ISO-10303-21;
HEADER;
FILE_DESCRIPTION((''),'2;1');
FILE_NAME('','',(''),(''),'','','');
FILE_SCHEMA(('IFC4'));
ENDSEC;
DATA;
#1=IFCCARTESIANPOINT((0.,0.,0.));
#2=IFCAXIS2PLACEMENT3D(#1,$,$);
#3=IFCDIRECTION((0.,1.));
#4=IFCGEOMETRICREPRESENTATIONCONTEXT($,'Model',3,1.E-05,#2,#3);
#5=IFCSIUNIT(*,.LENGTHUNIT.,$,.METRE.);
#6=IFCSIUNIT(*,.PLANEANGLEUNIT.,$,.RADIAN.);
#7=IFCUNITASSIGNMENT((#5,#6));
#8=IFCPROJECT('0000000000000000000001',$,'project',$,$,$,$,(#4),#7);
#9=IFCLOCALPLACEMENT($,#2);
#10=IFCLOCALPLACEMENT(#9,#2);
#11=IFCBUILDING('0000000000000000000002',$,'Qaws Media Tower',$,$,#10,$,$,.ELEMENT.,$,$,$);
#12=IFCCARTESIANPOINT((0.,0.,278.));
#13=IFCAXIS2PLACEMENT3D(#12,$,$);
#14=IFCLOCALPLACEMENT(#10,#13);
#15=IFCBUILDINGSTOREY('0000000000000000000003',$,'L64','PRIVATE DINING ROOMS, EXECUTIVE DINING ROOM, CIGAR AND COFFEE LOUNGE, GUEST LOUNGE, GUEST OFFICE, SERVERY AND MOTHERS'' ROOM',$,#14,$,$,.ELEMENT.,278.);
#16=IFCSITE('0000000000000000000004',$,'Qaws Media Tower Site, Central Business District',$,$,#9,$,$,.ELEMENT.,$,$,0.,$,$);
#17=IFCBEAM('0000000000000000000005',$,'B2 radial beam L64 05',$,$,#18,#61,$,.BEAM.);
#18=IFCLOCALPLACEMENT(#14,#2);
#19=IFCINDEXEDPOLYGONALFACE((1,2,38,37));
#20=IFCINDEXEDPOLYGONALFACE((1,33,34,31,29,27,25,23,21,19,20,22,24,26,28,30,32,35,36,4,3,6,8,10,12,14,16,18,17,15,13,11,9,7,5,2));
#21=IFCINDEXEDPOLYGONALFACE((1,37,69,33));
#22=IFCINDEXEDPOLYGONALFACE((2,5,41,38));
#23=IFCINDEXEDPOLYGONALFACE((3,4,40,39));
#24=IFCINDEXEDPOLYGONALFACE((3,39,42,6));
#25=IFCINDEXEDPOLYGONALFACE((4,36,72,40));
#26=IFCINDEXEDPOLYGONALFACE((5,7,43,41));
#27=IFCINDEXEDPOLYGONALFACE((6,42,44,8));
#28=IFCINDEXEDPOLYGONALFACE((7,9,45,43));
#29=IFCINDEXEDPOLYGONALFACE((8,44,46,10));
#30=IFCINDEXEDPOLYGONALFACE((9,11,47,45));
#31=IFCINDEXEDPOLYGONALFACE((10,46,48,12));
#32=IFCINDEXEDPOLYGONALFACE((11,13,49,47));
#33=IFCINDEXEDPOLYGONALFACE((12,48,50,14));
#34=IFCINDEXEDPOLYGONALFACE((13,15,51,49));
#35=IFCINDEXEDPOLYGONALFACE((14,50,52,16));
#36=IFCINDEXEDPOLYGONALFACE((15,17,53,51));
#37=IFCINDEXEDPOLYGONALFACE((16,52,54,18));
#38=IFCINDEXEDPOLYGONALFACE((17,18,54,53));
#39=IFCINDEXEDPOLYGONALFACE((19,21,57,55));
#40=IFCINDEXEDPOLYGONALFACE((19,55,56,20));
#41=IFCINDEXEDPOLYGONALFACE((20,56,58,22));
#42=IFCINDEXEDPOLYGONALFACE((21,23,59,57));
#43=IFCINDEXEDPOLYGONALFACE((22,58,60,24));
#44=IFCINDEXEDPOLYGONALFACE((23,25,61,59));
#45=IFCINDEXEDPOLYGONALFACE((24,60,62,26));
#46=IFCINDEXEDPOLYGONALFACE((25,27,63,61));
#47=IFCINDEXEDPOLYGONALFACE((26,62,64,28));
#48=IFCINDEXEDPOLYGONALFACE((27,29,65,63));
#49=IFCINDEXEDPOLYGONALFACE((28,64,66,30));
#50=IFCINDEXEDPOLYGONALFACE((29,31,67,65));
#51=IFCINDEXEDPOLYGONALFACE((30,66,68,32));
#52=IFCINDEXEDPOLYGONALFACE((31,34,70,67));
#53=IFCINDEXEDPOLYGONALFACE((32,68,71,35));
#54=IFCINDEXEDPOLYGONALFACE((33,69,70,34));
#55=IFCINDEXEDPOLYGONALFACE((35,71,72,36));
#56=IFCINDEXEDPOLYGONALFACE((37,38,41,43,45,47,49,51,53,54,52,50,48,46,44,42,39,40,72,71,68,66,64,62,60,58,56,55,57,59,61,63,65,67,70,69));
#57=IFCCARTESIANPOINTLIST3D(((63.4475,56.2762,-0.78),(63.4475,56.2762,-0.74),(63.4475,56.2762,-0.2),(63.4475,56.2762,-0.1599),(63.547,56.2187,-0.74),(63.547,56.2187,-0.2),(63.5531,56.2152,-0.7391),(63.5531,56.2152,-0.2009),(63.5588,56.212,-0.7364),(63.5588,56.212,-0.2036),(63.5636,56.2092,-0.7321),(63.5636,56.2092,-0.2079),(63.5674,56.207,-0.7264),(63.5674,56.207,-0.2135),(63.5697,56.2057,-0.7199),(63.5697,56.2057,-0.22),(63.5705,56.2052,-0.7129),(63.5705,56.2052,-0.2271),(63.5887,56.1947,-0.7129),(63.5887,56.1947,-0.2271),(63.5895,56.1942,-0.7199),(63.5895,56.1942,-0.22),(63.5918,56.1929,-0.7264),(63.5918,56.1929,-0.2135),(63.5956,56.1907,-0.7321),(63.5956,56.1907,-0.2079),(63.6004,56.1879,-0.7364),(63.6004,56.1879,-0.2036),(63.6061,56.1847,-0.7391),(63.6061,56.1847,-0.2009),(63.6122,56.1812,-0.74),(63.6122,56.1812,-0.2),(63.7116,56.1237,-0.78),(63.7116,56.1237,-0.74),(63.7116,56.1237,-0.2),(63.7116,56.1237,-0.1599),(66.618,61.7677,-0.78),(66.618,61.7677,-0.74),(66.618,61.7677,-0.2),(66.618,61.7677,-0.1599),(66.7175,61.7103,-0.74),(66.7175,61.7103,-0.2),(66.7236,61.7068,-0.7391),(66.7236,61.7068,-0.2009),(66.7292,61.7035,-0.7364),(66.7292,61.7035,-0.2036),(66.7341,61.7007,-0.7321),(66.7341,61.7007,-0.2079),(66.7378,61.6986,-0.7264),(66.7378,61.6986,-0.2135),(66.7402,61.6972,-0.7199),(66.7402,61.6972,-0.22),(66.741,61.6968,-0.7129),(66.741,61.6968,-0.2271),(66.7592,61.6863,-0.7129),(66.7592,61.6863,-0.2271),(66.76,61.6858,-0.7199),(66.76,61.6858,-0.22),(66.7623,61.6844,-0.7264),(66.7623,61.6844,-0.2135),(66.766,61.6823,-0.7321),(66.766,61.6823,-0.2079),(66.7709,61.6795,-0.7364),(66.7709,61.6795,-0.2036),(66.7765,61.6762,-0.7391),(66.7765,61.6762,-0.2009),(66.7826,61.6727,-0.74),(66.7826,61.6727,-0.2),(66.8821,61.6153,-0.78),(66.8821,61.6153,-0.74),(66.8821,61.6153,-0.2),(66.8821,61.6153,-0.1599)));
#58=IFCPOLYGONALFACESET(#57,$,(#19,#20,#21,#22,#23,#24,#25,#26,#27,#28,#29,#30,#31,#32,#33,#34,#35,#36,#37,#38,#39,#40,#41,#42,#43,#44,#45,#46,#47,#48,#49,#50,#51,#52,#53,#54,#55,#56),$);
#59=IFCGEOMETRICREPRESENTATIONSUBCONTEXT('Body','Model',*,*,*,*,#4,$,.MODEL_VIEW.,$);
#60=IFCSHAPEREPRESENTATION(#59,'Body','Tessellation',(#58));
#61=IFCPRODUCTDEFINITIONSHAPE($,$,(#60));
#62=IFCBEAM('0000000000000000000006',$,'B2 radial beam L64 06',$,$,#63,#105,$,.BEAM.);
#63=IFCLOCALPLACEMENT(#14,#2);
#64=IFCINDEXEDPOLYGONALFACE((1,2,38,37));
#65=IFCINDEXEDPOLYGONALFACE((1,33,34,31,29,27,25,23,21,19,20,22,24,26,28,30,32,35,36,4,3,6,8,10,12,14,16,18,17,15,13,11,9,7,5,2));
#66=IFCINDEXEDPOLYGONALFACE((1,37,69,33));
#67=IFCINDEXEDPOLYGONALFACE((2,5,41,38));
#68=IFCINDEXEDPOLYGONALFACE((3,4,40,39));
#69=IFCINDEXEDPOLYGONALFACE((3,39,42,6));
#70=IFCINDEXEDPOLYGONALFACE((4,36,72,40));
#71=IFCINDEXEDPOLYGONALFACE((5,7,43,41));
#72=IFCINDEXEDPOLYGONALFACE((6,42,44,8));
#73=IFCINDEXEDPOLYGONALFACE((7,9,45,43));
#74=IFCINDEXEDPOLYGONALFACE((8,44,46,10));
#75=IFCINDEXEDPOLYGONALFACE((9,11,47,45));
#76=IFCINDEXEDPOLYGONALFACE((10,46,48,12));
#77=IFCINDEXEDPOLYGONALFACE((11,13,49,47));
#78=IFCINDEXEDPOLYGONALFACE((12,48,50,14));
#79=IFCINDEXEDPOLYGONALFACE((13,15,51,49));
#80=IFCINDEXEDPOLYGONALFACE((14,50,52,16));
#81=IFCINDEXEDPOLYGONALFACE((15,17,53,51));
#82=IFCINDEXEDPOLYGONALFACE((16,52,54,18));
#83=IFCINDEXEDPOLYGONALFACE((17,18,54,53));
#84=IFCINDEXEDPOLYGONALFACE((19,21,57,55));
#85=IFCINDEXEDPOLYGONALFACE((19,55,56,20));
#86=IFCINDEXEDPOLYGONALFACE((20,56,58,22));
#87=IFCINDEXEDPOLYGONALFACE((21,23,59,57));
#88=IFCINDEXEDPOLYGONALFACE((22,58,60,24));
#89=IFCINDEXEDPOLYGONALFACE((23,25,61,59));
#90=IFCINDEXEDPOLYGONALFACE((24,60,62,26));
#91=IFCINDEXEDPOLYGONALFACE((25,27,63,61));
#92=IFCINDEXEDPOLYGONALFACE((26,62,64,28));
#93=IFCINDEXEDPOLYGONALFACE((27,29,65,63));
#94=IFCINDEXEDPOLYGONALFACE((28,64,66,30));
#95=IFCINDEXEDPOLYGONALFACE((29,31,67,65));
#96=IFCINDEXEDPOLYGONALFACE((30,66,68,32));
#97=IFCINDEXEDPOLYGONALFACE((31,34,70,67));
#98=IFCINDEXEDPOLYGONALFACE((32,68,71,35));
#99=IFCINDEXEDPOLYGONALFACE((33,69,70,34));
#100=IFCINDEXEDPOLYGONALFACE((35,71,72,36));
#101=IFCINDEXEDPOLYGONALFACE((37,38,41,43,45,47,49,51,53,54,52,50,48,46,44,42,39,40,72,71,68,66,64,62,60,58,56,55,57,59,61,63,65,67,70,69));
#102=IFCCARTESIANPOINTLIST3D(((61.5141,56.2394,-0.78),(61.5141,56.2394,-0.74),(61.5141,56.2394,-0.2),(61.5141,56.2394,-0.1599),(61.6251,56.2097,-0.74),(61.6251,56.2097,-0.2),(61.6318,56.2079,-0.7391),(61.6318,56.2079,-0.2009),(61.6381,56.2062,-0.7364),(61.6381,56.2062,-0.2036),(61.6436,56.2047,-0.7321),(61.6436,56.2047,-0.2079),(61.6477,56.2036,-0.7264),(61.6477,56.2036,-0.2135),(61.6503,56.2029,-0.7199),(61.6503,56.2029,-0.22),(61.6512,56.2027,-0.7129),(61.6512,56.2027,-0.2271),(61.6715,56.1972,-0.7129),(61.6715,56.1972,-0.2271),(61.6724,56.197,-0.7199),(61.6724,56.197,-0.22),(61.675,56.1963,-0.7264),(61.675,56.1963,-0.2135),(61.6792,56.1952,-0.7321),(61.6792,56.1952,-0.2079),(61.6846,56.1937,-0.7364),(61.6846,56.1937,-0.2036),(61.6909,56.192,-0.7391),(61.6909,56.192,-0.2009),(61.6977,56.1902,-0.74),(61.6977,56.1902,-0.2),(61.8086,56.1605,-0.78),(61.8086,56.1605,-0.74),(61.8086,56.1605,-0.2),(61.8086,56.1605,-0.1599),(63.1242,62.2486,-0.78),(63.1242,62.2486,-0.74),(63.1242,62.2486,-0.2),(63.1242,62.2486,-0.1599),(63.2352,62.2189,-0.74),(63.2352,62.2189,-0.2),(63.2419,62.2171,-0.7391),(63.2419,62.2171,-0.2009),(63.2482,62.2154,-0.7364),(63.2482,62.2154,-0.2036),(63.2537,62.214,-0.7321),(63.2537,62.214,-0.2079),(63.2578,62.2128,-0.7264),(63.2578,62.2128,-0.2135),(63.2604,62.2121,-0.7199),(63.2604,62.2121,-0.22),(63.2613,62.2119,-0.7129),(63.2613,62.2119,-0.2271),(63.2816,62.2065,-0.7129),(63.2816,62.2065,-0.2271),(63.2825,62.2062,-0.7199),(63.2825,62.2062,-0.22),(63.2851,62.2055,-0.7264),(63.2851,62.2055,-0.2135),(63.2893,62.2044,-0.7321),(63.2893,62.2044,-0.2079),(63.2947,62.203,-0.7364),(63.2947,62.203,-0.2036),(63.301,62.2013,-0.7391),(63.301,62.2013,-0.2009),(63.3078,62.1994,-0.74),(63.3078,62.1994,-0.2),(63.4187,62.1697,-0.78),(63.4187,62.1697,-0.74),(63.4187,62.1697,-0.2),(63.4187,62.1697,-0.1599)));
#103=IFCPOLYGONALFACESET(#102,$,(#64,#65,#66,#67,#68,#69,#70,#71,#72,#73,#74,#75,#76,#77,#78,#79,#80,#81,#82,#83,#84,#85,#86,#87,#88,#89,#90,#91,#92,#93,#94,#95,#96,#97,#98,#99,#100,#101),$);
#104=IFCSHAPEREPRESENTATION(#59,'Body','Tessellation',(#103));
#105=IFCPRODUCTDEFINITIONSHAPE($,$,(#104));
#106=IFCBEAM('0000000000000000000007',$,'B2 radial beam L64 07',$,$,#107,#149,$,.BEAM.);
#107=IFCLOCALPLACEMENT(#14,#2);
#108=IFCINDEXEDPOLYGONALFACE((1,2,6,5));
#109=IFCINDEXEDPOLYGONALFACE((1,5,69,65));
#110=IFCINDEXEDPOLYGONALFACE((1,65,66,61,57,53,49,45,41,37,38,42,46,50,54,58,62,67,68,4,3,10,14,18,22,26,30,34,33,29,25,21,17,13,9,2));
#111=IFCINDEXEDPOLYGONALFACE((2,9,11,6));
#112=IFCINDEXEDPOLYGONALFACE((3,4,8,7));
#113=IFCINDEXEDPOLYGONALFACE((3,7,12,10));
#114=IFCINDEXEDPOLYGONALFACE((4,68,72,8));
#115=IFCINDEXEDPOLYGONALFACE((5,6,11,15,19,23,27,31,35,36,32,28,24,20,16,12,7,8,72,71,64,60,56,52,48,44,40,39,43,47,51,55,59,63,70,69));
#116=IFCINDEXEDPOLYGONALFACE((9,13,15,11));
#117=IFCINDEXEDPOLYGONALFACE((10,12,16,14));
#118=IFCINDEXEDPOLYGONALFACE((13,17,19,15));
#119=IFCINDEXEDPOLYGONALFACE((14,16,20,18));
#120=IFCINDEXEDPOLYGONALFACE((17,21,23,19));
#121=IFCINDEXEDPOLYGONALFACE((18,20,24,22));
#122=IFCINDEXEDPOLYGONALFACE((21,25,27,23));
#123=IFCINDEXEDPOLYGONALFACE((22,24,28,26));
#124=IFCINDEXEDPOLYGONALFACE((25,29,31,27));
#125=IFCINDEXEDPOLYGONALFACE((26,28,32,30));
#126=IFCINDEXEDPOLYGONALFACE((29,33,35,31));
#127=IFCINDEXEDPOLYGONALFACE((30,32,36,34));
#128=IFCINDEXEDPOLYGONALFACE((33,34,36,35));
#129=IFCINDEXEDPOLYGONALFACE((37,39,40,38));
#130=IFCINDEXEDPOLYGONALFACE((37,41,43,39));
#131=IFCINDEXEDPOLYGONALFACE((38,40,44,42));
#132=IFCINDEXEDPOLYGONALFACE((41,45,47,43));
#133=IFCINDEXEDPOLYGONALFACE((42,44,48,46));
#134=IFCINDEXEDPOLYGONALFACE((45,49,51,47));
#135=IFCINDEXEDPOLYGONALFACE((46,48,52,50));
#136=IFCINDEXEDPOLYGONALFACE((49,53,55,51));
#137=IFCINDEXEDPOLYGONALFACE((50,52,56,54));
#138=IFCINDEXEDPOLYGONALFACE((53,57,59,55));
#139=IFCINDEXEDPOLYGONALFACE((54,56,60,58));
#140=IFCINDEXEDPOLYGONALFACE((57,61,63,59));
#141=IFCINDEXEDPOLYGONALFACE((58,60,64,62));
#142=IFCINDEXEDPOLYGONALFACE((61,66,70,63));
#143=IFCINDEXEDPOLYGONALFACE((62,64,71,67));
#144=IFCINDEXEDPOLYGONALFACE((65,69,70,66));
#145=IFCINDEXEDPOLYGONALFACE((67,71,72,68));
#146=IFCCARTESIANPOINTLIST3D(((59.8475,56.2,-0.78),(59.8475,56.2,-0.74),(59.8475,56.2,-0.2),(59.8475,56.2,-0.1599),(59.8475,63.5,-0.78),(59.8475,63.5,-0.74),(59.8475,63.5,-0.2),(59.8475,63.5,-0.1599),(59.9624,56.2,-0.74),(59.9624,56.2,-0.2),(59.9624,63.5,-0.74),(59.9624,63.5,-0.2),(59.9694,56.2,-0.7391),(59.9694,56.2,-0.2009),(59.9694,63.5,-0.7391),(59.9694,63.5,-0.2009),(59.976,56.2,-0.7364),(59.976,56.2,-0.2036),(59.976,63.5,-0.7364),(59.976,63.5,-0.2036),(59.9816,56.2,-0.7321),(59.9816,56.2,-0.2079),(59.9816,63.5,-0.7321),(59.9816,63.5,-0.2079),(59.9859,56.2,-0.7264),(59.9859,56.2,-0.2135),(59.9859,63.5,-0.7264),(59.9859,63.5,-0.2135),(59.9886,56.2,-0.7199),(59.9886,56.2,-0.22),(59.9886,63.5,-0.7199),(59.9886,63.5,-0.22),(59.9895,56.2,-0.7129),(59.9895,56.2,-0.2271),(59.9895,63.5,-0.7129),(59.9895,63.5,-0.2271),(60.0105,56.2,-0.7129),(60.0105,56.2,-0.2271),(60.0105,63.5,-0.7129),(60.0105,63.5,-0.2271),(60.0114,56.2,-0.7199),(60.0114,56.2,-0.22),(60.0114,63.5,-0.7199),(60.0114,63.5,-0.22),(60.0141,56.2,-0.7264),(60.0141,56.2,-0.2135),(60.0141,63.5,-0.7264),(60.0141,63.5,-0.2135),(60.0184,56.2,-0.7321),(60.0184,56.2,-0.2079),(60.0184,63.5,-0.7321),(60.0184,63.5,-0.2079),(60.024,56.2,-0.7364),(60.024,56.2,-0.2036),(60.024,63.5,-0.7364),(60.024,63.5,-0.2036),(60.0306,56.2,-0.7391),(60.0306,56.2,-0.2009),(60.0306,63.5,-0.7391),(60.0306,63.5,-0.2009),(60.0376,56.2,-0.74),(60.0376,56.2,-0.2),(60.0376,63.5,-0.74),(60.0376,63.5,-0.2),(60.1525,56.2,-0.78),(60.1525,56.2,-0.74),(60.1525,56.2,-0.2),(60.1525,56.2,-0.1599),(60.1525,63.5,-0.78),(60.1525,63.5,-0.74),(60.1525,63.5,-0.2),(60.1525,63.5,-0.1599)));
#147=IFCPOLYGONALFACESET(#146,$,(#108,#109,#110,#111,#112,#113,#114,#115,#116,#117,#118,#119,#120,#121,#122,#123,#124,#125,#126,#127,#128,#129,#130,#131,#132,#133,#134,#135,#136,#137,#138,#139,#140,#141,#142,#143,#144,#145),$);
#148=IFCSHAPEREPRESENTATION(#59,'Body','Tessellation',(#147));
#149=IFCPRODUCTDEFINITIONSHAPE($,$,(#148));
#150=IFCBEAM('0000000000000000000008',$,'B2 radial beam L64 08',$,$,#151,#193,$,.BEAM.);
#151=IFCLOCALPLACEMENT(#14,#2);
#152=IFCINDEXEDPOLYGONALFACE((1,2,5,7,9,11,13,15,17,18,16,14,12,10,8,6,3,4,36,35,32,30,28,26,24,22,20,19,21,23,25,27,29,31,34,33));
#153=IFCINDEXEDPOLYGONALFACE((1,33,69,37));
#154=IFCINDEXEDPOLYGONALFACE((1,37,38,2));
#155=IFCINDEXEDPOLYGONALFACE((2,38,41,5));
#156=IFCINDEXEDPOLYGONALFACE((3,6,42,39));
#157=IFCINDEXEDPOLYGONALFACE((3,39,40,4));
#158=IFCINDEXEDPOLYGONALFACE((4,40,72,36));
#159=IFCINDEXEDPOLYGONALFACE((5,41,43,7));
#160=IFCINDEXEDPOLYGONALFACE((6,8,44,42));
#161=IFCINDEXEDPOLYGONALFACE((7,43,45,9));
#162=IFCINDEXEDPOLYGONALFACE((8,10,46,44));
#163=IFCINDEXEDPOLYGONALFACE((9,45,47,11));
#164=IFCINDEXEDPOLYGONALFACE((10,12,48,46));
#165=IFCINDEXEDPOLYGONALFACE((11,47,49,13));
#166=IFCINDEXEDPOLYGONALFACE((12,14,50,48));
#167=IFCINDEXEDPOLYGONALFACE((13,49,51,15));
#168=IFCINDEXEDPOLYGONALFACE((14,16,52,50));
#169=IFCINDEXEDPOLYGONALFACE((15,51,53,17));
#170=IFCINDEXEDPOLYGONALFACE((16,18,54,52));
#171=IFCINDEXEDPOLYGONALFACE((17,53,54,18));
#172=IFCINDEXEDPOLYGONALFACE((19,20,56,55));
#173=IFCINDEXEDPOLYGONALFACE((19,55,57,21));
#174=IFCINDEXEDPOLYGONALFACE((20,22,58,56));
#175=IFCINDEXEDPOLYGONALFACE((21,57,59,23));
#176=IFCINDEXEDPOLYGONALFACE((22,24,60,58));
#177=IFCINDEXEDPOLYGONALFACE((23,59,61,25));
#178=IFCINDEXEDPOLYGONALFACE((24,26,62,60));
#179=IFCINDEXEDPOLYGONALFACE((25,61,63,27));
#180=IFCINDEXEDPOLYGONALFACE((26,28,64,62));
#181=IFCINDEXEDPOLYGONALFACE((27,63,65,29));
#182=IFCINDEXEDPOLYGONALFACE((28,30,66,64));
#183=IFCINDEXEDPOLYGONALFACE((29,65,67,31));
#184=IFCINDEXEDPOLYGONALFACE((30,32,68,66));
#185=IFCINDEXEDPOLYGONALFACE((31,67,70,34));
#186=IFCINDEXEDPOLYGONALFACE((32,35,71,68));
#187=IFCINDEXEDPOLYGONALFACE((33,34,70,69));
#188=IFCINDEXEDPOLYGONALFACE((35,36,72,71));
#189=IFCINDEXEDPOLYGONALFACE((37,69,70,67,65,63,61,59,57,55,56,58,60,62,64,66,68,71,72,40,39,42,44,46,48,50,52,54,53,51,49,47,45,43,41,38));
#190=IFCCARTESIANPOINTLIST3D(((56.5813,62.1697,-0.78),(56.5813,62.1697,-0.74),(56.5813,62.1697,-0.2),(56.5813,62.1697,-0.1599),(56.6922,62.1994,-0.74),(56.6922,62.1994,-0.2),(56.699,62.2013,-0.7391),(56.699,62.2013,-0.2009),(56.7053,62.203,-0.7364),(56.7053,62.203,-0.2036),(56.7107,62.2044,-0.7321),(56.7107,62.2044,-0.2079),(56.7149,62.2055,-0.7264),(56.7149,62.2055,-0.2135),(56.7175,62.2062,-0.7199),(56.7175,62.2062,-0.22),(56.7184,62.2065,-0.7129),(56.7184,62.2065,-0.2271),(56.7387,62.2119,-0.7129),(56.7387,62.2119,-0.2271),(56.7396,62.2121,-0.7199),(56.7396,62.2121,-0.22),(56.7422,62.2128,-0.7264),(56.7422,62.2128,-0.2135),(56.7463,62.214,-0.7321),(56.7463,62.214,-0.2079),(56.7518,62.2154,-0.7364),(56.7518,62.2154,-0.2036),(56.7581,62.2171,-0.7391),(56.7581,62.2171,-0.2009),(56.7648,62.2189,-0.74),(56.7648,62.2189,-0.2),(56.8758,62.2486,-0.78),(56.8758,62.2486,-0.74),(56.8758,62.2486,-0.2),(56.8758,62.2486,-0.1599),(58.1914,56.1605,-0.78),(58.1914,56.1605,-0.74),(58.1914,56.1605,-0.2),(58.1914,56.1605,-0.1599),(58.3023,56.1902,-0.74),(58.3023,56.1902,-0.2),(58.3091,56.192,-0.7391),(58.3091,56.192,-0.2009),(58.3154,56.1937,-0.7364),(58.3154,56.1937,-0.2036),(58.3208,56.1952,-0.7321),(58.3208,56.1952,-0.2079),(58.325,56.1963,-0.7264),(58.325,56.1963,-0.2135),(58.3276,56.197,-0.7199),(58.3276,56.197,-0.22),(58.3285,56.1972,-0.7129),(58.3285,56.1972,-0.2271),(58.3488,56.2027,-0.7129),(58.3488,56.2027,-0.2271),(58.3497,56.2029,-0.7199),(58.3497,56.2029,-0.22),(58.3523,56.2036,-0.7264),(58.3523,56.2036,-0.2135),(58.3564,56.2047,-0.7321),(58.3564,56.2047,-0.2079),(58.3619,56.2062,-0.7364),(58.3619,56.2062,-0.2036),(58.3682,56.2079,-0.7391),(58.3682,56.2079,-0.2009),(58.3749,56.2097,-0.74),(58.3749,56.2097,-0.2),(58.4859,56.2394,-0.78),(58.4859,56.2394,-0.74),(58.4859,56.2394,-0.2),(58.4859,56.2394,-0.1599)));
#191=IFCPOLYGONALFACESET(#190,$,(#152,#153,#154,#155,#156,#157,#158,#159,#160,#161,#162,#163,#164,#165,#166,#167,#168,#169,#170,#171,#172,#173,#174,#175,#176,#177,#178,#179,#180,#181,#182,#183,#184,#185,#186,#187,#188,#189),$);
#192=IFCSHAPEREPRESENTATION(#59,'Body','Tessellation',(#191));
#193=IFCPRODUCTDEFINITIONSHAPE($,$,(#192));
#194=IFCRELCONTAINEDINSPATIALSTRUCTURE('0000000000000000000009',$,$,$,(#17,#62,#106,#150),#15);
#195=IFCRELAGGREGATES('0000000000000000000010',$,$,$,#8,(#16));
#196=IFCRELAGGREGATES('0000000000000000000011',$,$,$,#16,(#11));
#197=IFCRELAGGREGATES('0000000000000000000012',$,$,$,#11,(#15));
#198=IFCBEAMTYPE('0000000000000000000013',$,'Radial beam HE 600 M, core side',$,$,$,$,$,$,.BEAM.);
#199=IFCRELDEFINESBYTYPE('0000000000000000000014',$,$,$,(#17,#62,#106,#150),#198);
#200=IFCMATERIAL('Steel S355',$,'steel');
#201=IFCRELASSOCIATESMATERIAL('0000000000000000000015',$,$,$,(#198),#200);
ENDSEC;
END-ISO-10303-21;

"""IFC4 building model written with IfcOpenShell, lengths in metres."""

from ifc_helpers import new_model, si_unit, direction, frame, origin, origin_2d, place, context, subcontext, project, spatial, i_section, extrude, material, material_profile, profile_set, type_object, element, save


model = new_model("IFC4")

# Units and contexts
model_context = context("Model", 3, precision=1e-05, world=origin(), true_north=direction((0.0, 1.0)))
body_context = subcontext(model_context, "Body", "Model", "MODEL_VIEW")
ifc_project = project(units=[si_unit("LENGTHUNIT", "METRE"), si_unit("PLANEANGLEUNIT", "RADIAN")], contexts=[model_context])

# Site, building, storey
site_placement = place(None, origin())
site = spatial("IfcSite", under=ifc_project, at=site_placement, Name="Qaws Media Tower Site, Central Business District", CompositionType="ELEMENT", RefElevation=0.0)
building_placement = place(site_placement, origin())
building = spatial("IfcBuilding", under=site, at=building_placement, Name="Qaws Media Tower", CompositionType="ELEMENT")
storey_placement = place(building_placement, frame((0.0, 0.0, 278.0)))
storey = spatial("IfcBuildingStorey", under=building, at=storey_placement, Name="L64", Description="PRIVATE DINING ROOMS, EXECUTIVE DINING ROOM, CIGAR AND COFFEE LOUNGE, GUEST LOUNGE, GUEST OFFICE, SERVERY AND MOTHERS' ROOM", CompositionType="ELEMENT", Elevation=278.0)

# Beams
ifc_material_1 = material(Name="Steel S355", Category="steel")
ifc_material_profile_1 = material_profile(ifc_material_1, i_section(OverallWidth=0.3049, OverallDepth=0.6201, WebThickness=0.021, FlangeThickness=0.04, FilletRadius=0.0271, at=origin_2d()), Name="HE 600 M")
ifc_profile_set_1 = profile_set([ifc_material_profile_1], Name="Steel S355")
beam_type_1 = type_object("IfcBeamType", Name="Radial beam HE 600 M, core side", PredefinedType="BEAM", material=ifc_profile_set_1)
beam_1_placement = place(storey_placement, frame((63.5796, 56.2, -0.47), z_axis=(0.49999, 0.866031, 0.0), x_axis=(-0.866031, 0.49999, 0.0)))
element("IfcBeam", 1, at=beam_1_placement, inside=storey, type_object=beam_type_1, Name="B2 radial beam L64 05", PredefinedType="BEAM", context=body_context, shape_type="SweptSolid", body=[
    extrude(i_section(OverallWidth=0.3049, OverallDepth=0.6201, WebThickness=0.021, FlangeThickness=0.04, FilletRadius=0.0271, at=origin_2d()), origin(), (0.0, 0.0, 1.0), 6.3411),
])
beam_2_placement = place(storey_placement, frame((61.6614, 56.2, -0.47), z_axis=(0.258808, 0.965929, 0.0), x_axis=(-0.965929, 0.258808, 0.0)))
element("IfcBeam", 2, at=beam_2_placement, inside=storey, type_object=beam_type_1, Name="B2 radial beam L64 06", PredefinedType="BEAM", context=body_context, shape_type="SweptSolid", body=[
    extrude(i_section(OverallWidth=0.3049, OverallDepth=0.6201, WebThickness=0.021, FlangeThickness=0.04, FilletRadius=0.0271, at=origin_2d()), origin(), (0.0, 0.0, 1.0), 6.2212),
])
beam_3_placement = place(storey_placement, frame((60.0, 56.2, -0.47), z_axis=(0.0, 1.0, 0.0), x_axis=(-1.0, 0.0, 0.0)))
element("IfcBeam", 3, at=beam_3_placement, inside=storey, type_object=beam_type_1, Name="B2 radial beam L64 07", PredefinedType="BEAM", context=body_context, shape_type="SweptSolid", body=[
    extrude(i_section(OverallWidth=0.3049, OverallDepth=0.6201, WebThickness=0.021, FlangeThickness=0.04, FilletRadius=0.0271, at=origin_2d()), origin(), (0.0, 0.0, 1.0), 7.3),
])
beam_4_placement = place(storey_placement, frame((58.3386, 56.2, -0.47), z_axis=(-0.258808, 0.965929, 0.0), x_axis=(-0.965929, -0.258808, 0.0)))
element("IfcBeam", 4, at=beam_4_placement, inside=storey, type_object=beam_type_1, Name="B2 radial beam L64 08", PredefinedType="BEAM", context=body_context, shape_type="SweptSolid", body=[
    extrude(i_section(OverallWidth=0.3049, OverallDepth=0.6201, WebThickness=0.021, FlangeThickness=0.04, FilletRadius=0.0271, at=origin_2d()), origin(), (0.0, 0.0, 1.0), 6.2212),
])

save(model, "model.ifc")
